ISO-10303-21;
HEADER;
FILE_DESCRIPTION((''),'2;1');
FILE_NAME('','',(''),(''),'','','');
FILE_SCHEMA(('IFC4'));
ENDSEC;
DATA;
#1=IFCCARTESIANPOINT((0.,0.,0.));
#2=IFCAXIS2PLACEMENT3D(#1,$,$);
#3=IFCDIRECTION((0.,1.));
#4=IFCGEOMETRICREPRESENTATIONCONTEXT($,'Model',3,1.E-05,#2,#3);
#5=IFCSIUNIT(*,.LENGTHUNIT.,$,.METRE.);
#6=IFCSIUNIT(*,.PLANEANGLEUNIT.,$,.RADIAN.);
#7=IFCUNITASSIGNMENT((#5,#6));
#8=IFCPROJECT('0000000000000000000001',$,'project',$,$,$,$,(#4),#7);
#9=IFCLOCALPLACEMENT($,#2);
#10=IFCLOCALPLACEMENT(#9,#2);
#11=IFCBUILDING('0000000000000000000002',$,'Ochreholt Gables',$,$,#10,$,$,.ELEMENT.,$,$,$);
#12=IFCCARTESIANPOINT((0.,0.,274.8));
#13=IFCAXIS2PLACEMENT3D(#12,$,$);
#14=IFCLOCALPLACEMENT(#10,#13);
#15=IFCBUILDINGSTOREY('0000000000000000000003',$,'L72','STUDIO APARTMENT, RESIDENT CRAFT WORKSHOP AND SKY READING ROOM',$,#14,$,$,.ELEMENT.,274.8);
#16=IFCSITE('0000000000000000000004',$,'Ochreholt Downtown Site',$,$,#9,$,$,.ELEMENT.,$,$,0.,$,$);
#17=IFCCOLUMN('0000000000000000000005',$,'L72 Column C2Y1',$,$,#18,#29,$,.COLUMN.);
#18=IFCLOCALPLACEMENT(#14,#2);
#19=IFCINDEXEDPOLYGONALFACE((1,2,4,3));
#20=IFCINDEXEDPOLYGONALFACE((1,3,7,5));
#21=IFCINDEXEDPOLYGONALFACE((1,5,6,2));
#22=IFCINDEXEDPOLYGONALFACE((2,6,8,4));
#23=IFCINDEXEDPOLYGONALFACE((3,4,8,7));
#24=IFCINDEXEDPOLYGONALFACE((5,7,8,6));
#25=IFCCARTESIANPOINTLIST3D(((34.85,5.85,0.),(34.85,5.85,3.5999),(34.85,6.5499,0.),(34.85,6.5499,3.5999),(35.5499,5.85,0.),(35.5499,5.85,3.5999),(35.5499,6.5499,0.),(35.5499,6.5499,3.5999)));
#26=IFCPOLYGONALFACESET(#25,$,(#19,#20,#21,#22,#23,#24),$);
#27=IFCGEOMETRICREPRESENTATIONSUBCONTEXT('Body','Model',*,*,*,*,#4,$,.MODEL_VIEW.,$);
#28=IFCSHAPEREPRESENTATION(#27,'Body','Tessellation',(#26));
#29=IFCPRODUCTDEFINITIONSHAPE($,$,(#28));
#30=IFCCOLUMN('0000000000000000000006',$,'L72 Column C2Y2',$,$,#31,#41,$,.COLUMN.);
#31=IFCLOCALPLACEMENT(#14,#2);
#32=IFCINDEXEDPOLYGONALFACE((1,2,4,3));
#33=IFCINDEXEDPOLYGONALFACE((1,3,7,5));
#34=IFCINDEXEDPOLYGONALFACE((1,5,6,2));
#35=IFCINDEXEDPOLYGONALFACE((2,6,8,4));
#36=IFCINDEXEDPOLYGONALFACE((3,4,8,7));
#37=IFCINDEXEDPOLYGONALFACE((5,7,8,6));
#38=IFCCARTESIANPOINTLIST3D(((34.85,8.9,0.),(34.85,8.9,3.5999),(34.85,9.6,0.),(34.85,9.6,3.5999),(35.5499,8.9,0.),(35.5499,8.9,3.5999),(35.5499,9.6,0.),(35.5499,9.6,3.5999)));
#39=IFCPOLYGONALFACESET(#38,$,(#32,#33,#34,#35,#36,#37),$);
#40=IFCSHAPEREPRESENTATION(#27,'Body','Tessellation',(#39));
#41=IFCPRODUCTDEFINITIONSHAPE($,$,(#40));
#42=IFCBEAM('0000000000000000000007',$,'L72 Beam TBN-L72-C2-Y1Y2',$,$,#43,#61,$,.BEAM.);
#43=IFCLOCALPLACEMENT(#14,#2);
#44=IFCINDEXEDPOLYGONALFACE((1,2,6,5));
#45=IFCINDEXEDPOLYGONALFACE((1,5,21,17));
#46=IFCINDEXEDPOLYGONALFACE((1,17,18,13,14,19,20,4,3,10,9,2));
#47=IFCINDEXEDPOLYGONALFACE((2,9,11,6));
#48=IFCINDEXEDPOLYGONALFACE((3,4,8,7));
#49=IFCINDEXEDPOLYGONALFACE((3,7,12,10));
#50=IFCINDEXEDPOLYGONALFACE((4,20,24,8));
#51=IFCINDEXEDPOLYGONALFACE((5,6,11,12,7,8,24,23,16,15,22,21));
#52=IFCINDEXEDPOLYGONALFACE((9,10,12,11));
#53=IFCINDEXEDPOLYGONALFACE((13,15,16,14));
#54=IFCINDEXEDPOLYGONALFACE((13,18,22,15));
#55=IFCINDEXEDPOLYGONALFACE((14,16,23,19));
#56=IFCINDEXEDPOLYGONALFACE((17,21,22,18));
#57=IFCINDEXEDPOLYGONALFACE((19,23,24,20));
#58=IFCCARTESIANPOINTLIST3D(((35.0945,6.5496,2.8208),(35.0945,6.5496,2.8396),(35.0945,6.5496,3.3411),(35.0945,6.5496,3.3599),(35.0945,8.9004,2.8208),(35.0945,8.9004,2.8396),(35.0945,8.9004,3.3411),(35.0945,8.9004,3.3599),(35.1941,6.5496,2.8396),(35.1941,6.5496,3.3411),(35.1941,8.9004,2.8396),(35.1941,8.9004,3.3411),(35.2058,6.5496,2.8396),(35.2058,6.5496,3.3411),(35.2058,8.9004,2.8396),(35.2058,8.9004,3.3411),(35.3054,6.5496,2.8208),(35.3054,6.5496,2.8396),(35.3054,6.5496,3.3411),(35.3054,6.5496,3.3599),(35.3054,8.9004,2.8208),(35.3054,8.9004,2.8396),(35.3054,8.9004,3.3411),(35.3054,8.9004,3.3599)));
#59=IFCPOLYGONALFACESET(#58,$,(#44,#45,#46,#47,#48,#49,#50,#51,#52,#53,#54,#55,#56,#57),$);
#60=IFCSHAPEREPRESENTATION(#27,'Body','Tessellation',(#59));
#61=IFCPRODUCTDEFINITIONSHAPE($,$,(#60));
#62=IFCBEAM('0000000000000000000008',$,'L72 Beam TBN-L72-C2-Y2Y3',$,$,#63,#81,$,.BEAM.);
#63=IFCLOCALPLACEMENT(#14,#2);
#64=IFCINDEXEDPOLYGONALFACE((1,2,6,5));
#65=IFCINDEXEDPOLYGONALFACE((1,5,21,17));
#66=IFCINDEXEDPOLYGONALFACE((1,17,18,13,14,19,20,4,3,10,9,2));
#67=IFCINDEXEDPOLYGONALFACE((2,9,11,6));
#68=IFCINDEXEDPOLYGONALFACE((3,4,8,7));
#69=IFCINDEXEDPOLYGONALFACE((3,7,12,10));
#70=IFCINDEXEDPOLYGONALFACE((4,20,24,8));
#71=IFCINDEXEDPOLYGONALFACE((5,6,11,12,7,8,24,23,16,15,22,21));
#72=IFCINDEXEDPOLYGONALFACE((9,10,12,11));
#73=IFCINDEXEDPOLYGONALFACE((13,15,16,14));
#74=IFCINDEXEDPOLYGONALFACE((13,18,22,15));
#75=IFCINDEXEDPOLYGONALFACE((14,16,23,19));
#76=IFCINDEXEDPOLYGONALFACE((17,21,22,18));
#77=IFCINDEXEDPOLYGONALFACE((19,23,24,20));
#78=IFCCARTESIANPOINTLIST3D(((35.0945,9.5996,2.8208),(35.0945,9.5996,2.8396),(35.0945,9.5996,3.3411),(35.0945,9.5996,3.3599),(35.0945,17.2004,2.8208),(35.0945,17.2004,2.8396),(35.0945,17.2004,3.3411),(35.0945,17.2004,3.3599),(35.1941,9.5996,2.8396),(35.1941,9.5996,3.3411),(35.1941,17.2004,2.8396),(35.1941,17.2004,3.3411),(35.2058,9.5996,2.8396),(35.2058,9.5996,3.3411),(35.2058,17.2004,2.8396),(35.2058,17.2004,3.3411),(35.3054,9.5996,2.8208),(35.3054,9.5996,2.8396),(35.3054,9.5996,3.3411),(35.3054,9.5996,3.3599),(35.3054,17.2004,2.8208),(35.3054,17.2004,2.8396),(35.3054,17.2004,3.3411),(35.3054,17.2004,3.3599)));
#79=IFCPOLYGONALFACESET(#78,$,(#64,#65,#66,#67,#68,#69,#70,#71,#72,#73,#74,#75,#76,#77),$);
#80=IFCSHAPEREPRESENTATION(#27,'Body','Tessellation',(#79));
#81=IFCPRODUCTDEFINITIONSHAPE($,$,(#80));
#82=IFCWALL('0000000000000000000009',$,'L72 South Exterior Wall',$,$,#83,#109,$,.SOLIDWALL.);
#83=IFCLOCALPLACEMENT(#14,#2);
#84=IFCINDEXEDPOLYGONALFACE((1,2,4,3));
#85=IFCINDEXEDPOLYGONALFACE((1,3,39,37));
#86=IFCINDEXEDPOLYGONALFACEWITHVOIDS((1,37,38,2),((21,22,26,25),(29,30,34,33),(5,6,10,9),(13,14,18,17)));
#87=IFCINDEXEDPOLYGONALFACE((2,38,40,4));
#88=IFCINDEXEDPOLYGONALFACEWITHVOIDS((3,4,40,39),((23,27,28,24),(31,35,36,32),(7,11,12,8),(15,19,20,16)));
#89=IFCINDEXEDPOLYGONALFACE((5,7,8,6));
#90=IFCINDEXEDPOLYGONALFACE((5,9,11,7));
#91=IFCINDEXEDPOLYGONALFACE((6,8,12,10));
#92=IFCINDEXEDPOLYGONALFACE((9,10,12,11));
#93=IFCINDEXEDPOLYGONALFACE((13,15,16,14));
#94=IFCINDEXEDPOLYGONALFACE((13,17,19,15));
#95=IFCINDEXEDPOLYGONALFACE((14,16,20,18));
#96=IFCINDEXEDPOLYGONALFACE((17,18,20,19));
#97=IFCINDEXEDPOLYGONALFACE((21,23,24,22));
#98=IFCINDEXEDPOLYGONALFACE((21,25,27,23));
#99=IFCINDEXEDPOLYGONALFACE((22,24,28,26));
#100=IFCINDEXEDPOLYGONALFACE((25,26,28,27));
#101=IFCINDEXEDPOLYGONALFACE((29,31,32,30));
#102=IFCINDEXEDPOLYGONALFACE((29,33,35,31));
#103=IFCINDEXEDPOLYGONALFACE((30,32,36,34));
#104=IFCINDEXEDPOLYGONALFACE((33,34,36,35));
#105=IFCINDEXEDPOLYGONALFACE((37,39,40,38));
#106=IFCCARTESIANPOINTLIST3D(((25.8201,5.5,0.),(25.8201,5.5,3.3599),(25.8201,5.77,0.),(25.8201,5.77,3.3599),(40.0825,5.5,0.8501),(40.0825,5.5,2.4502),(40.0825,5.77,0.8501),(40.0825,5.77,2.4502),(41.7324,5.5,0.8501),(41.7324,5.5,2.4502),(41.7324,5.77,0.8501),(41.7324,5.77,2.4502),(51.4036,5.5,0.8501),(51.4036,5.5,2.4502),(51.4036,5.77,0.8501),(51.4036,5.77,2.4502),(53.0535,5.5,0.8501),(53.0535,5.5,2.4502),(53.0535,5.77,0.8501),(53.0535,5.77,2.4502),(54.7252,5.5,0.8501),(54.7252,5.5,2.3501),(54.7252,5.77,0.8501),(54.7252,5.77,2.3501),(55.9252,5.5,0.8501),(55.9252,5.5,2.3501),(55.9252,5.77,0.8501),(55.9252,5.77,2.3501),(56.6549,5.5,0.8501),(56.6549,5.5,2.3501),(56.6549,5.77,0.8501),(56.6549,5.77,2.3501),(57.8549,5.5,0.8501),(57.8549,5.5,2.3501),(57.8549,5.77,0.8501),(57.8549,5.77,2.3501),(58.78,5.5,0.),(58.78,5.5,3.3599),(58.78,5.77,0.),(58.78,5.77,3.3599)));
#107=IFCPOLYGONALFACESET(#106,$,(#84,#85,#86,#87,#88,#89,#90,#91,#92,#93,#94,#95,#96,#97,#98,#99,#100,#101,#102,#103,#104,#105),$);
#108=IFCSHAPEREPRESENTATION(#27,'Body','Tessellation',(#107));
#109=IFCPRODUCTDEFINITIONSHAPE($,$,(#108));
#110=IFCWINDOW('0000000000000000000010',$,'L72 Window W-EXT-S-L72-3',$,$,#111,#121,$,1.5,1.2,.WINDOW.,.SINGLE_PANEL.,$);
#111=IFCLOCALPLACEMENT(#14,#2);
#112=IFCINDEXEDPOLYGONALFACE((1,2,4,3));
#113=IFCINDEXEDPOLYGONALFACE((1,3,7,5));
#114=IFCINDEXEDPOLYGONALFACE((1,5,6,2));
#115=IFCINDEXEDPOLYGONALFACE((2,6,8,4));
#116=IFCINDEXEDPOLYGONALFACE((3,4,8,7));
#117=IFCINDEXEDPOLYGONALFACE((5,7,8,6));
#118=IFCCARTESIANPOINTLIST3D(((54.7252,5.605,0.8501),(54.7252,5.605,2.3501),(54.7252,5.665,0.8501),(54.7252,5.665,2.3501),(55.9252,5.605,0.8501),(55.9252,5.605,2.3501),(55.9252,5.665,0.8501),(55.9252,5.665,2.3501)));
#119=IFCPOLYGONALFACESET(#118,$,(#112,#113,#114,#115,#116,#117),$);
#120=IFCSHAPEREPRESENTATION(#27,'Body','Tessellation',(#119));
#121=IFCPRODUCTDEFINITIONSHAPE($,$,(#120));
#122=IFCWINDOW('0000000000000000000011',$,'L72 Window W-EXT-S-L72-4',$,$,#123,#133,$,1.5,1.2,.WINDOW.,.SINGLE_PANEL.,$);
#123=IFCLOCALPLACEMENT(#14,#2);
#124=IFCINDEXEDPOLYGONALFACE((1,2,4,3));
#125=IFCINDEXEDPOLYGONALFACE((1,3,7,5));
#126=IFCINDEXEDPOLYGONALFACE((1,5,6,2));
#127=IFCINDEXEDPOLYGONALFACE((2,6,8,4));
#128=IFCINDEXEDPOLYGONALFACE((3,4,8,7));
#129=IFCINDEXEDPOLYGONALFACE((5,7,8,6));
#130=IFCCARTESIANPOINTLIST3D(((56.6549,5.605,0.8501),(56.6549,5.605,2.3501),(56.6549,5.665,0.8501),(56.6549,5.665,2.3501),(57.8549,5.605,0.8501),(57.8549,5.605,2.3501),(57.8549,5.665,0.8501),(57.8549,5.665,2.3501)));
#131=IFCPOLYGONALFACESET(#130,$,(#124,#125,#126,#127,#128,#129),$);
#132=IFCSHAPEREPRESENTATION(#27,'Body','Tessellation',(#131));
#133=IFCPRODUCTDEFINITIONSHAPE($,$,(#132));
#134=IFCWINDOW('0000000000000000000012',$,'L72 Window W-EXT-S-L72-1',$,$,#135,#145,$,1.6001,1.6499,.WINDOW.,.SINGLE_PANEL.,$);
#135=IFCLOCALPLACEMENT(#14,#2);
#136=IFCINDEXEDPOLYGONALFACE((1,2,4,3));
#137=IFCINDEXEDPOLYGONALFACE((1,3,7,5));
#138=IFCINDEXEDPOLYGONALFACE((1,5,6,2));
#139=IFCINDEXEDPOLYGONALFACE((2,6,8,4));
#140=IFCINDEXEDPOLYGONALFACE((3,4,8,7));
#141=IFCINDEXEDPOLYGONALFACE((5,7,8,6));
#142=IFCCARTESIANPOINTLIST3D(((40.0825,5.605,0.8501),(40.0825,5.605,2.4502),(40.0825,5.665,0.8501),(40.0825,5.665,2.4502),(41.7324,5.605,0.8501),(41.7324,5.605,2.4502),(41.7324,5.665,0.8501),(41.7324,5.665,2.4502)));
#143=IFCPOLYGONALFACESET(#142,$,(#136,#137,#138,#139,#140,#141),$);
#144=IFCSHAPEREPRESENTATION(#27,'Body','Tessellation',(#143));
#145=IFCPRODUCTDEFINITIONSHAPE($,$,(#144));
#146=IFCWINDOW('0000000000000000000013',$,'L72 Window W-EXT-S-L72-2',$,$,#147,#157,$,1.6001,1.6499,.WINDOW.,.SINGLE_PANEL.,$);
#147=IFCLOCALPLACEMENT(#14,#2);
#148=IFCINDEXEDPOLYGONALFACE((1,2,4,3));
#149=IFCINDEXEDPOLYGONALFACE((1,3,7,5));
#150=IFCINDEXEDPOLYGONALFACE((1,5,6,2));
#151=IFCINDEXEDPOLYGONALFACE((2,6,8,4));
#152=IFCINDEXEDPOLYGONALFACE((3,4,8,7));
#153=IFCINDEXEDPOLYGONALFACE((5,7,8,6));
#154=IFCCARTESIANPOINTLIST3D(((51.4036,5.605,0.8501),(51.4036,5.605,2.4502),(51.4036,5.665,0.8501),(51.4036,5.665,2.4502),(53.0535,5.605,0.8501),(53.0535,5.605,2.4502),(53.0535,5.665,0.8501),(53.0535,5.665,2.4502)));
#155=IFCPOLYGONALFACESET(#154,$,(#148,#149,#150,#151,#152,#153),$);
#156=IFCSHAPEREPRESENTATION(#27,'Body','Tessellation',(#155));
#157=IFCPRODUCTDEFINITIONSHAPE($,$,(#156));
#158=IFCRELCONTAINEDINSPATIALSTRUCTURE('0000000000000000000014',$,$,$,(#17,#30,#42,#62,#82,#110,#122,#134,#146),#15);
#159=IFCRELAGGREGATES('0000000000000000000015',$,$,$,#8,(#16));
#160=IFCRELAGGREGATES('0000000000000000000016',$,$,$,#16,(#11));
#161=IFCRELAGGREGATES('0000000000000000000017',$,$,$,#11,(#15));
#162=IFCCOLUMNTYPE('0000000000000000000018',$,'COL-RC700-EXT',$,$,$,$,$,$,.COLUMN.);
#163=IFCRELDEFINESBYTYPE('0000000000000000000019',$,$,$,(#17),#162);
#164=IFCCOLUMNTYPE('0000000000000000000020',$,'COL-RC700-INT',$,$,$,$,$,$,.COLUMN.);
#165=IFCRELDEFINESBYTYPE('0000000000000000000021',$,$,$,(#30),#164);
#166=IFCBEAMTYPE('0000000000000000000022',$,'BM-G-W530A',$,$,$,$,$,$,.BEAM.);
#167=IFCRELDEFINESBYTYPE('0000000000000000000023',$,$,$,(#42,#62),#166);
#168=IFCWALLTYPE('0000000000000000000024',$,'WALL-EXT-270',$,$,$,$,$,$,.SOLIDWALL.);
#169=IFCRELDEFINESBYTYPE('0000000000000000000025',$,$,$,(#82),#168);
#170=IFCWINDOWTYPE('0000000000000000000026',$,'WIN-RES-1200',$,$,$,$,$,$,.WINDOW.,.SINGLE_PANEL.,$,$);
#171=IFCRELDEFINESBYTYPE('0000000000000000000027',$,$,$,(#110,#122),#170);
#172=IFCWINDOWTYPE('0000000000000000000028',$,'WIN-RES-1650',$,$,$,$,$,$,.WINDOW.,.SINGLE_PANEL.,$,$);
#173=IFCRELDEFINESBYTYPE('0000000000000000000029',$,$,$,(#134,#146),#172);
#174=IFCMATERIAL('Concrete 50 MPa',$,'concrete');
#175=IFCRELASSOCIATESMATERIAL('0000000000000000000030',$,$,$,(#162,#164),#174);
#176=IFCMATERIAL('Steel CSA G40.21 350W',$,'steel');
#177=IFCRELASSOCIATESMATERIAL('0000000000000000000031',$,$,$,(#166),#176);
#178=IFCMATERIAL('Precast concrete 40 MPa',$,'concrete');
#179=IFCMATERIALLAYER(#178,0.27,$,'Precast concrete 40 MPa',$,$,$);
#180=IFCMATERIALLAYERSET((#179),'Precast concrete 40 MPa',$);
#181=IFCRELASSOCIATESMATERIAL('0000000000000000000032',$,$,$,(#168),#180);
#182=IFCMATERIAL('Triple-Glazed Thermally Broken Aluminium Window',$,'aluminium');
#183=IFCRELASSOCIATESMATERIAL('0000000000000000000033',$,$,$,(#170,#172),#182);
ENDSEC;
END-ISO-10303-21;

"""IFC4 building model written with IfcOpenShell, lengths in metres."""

from ifc_helpers import new_model, si_unit, direction, frame, frame_2d, origin, origin_2d, place, context, subcontext, project, spatial, rectangle, i_section, extrude, material, layer, layer_set, material_profile, profile_set, type_object, element, fill, save


model = new_model("IFC4")

# Units and contexts
model_context = context("Model", 3, precision=1e-05, world=origin(), true_north=direction((0.0, 1.0)))
body_context = subcontext(model_context, "Body", "Model", "MODEL_VIEW")
ifc_project = project(units=[si_unit("LENGTHUNIT", "METRE"), si_unit("PLANEANGLEUNIT", "RADIAN")], contexts=[model_context])

# Site, building, storey
site_placement = place(None, origin())
site = spatial("IfcSite", under=ifc_project, at=site_placement, Name="Ochreholt Downtown Site", CompositionType="ELEMENT", RefElevation=0.0)
building_placement = place(site_placement, origin())
building = spatial("IfcBuilding", under=site, at=building_placement, Name="Ochreholt Gables", CompositionType="ELEMENT")
storey_placement = place(building_placement, frame((0.0, 0.0, 274.8)))
storey = spatial("IfcBuildingStorey", under=building, at=storey_placement, Name="L72", Description="STUDIO APARTMENT, RESIDENT CRAFT WORKSHOP AND SKY READING ROOM", CompositionType="ELEMENT", Elevation=274.8)

# Columns
ifc_material_1 = material(Name="Concrete 50 MPa", Category="concrete")
ifc_material_profile_1 = material_profile(ifc_material_1, rectangle(XDim=0.7, YDim=0.7, at=origin_2d()), Name="RC700X700")
ifc_profile_set_1 = profile_set([ifc_material_profile_1], Name="Concrete 50 MPa")
column_type_1 = type_object("IfcColumnType", Name="COL-RC700-EXT", PredefinedType="COLUMN", material=ifc_profile_set_1)
column_1_placement = place(storey_placement, frame((35.2, 6.2, 0.0), z_axis=(0.0, 0.0, 1.0), x_axis=(1.0, 0.0, 0.0)))
element("IfcColumn", 1, at=column_1_placement, inside=storey, type_object=column_type_1, Name="L72 Column C2Y1", PredefinedType="COLUMN", context=body_context, shape_type="SweptSolid", body=[
    extrude(rectangle(XDim=0.7, YDim=0.7, at=origin_2d()), origin(), (0.0, 0.0, 1.0), 3.5999),
])
ifc_material_profile_2 = material_profile(ifc_material_1, rectangle(XDim=0.7, YDim=0.7, at=origin_2d()), Name="RC700X700")
ifc_profile_set_2 = profile_set([ifc_material_profile_2], Name="Concrete 50 MPa")
column_type_2 = type_object("IfcColumnType", Name="COL-RC700-INT", PredefinedType="COLUMN", material=ifc_profile_set_2)
column_2_placement = place(storey_placement, frame((35.2, 9.25, 0.0), z_axis=(0.0, 0.0, 1.0), x_axis=(1.0, 0.0, 0.0)))
element("IfcColumn", 2, at=column_2_placement, inside=storey, type_object=column_type_2, Name="L72 Column C2Y2", PredefinedType="COLUMN", context=body_context, shape_type="SweptSolid", body=[
    extrude(rectangle(XDim=0.7, YDim=0.7, at=origin_2d()), origin(), (0.0, 0.0, 1.0), 3.5999),
])

# Beams
ifc_material_2 = material(Name="Steel CSA G40.21 350W", Category="steel")
ifc_material_profile_3 = material_profile(ifc_material_2, i_section(OverallWidth=0.2109, OverallDepth=0.5391, WebThickness=0.0117, FlangeThickness=0.0188, at=origin_2d()), Name="W530X109")
ifc_profile_set_3 = profile_set([ifc_material_profile_3], Name="Steel CSA G40.21 350W")
beam_type = type_object("IfcBeamType", Name="BM-G-W530A", PredefinedType="BEAM", material=ifc_profile_set_3)
beam_1_placement = place(storey_placement, frame((35.2, 6.5496, 3.0903), z_axis=(0.0, 1.0, 0.0), x_axis=(-1.0, 0.0, 0.0)))
element("IfcBeam", 3, at=beam_1_placement, inside=storey, type_object=beam_type, Name="L72 Beam TBN-L72-C2-Y1Y2", PredefinedType="BEAM", context=body_context, shape_type="SweptSolid", body=[
    extrude(i_section(OverallWidth=0.2109, OverallDepth=0.5391, WebThickness=0.0117, FlangeThickness=0.0188, at=origin_2d()), origin(), (0.0, 0.0, 1.0), 2.3508),
])
beam_2_placement = place(storey_placement, frame((35.2, 9.5996, 3.0903), z_axis=(0.0, 1.0, 0.0), x_axis=(-1.0, 0.0, 0.0)))
element("IfcBeam", 4, at=beam_2_placement, inside=storey, type_object=beam_type, Name="L72 Beam TBN-L72-C2-Y2Y3", PredefinedType="BEAM", context=body_context, shape_type="SweptSolid", body=[
    extrude(i_section(OverallWidth=0.2109, OverallDepth=0.5391, WebThickness=0.0117, FlangeThickness=0.0188, at=origin_2d()), origin(), (0.0, 0.0, 1.0), 7.6008),
])

# Wall, openings, windows
ifc_material_3 = material(Name="Precast concrete 40 MPa", Category="concrete")
ifc_layer_1 = layer(ifc_material_3, 0.27, Name="Precast concrete 40 MPa")
ifc_layer_set_1 = layer_set([ifc_layer_1], Name="Precast concrete 40 MPa")
wall_type_1 = type_object("IfcWallType", Name="WALL-EXT-270", PredefinedType="SOLIDWALL", material=ifc_layer_set_1)
wall_1_placement = place(storey_placement, frame((25.8201, 5.635, 0.0), z_axis=(0.0, 0.0, 1.0), x_axis=(1.0, 0.0, 0.0)))
wall_1 = element("IfcWall", 5, at=wall_1_placement, inside=storey, type_object=wall_type_1, Name="L72 South Exterior Wall", PredefinedType="SOLIDWALL", context=body_context, shape_type="SweptSolid", body=[
    extrude(rectangle(XDim=32.96, YDim=0.27, at=frame_2d((16.48, 0.0))), origin(), (0.0, 0.0, 1.0), 3.3599),
])
opening_1_placement = place(wall_1_placement, frame((14.2625, 0.0, 0.8501)))
opening_1 = element("IfcOpeningElement", 6, at=opening_1_placement, cuts=wall_1, PredefinedType="OPENING", context=body_context, shape_type="SweptSolid", body=[
    extrude(rectangle(XDim=1.6499, YDim=1.6001, at=frame_2d((0.825, 0.8))), frame((0.0, 0.145, 0.0), z_axis=(0.0, -1.0, 0.0), x_axis=(1.0, 0.0, 0.0)), (0.0, 0.0, 1.0), 0.29),
])
opening_2_placement = place(wall_1_placement, frame((25.5835, 0.0, 0.8501)))
opening_2 = element("IfcOpeningElement", 7, at=opening_2_placement, cuts=wall_1, PredefinedType="OPENING", context=body_context, shape_type="SweptSolid", body=[
    extrude(rectangle(XDim=1.6499, YDim=1.6001, at=frame_2d((0.825, 0.8))), frame((0.0, 0.145, 0.0), z_axis=(0.0, -1.0, 0.0), x_axis=(1.0, 0.0, 0.0)), (0.0, 0.0, 1.0), 0.29),
])
opening_3_placement = place(wall_1_placement, frame((28.905, 0.0, 0.8501)))
opening_3 = element("IfcOpeningElement", 8, at=opening_3_placement, cuts=wall_1, PredefinedType="OPENING", context=body_context, shape_type="SweptSolid", body=[
    extrude(rectangle(XDim=1.2, YDim=1.5, at=frame_2d((0.6001, 0.75))), frame((0.0, 0.145, 0.0), z_axis=(0.0, -1.0, 0.0), x_axis=(1.0, 0.0, 0.0)), (0.0, 0.0, 1.0), 0.29),
])
opening_4_placement = place(wall_1_placement, frame((30.8347, 0.0, 0.8501)))
opening_4 = element("IfcOpeningElement", 9, at=opening_4_placement, cuts=wall_1, PredefinedType="OPENING", context=body_context, shape_type="SweptSolid", body=[
    extrude(rectangle(XDim=1.2, YDim=1.5, at=frame_2d((0.6001, 0.75))), frame((0.0, 0.145, 0.0), z_axis=(0.0, -1.0, 0.0), x_axis=(1.0, 0.0, 0.0)), (0.0, 0.0, 1.0), 0.29),
])
ifc_material_4 = material(Name="Triple-Glazed Thermally Broken Aluminium Window", Category="aluminium")
window_type_1 = type_object("IfcWindowType", Name="WIN-RES-1200", PartitioningType="SINGLE_PANEL", PredefinedType="WINDOW", material=ifc_material_4)
window_1_placement = place(opening_3_placement, origin())
window_1 = element("IfcWindow", 10, at=window_1_placement, inside=storey, type_object=window_type_1, Name="L72 Window W-EXT-S-L72-3", OverallHeight=1.5, OverallWidth=1.2, PartitioningType="SINGLE_PANEL", PredefinedType="WINDOW", context=body_context, shape_type="SweptSolid", body=[
    extrude(rectangle(XDim=1.2, YDim=1.5, at=frame_2d((0.6001, 0.75))), frame((0.0, 0.03, 0.0), z_axis=(0.0, -1.0, 0.0), x_axis=(1.0, 0.0, 0.0)), (0.0, 0.0, 1.0), 0.0601),
])
fill(opening_3, window_1)
window_2_placement = place(opening_4_placement, origin())
window_2 = element("IfcWindow", 11, at=window_2_placement, inside=storey, type_object=window_type_1, Name="L72 Window W-EXT-S-L72-4", OverallHeight=1.5, OverallWidth=1.2, PartitioningType="SINGLE_PANEL", PredefinedType="WINDOW", context=body_context, shape_type="SweptSolid", body=[
    extrude(rectangle(XDim=1.2, YDim=1.5, at=frame_2d((0.6001, 0.75))), frame((0.0, 0.03, 0.0), z_axis=(0.0, -1.0, 0.0), x_axis=(1.0, 0.0, 0.0)), (0.0, 0.0, 1.0), 0.0601),
])
fill(opening_4, window_2)
window_type_2 = type_object("IfcWindowType", Name="WIN-RES-1650", PartitioningType="SINGLE_PANEL", PredefinedType="WINDOW", material=ifc_material_4)
window_3_placement = place(opening_1_placement, origin())
window_3 = element("IfcWindow", 12, at=window_3_placement, inside=storey, type_object=window_type_2, Name="L72 Window W-EXT-S-L72-1", OverallHeight=1.6001, OverallWidth=1.6499, PartitioningType="SINGLE_PANEL", PredefinedType="WINDOW", context=body_context, shape_type="SweptSolid", body=[
    extrude(rectangle(XDim=1.6499, YDim=1.6001, at=frame_2d((0.825, 0.8))), frame((0.0, 0.03, 0.0), z_axis=(0.0, -1.0, 0.0), x_axis=(1.0, 0.0, 0.0)), (0.0, 0.0, 1.0), 0.0601),
])
fill(opening_1, window_3)
window_4_placement = place(opening_2_placement, origin())
window_4 = element("IfcWindow", 13, at=window_4_placement, inside=storey, type_object=window_type_2, Name="L72 Window W-EXT-S-L72-2", OverallHeight=1.6001, OverallWidth=1.6499, PartitioningType="SINGLE_PANEL", PredefinedType="WINDOW", context=body_context, shape_type="SweptSolid", body=[
    extrude(rectangle(XDim=1.6499, YDim=1.6001, at=frame_2d((0.825, 0.8))), frame((0.0, 0.03, 0.0), z_axis=(0.0, -1.0, 0.0), x_axis=(1.0, 0.0, 0.0)), (0.0, 0.0, 1.0), 0.0601),
])
fill(opening_2, window_4)

save(model, "model.ifc")
